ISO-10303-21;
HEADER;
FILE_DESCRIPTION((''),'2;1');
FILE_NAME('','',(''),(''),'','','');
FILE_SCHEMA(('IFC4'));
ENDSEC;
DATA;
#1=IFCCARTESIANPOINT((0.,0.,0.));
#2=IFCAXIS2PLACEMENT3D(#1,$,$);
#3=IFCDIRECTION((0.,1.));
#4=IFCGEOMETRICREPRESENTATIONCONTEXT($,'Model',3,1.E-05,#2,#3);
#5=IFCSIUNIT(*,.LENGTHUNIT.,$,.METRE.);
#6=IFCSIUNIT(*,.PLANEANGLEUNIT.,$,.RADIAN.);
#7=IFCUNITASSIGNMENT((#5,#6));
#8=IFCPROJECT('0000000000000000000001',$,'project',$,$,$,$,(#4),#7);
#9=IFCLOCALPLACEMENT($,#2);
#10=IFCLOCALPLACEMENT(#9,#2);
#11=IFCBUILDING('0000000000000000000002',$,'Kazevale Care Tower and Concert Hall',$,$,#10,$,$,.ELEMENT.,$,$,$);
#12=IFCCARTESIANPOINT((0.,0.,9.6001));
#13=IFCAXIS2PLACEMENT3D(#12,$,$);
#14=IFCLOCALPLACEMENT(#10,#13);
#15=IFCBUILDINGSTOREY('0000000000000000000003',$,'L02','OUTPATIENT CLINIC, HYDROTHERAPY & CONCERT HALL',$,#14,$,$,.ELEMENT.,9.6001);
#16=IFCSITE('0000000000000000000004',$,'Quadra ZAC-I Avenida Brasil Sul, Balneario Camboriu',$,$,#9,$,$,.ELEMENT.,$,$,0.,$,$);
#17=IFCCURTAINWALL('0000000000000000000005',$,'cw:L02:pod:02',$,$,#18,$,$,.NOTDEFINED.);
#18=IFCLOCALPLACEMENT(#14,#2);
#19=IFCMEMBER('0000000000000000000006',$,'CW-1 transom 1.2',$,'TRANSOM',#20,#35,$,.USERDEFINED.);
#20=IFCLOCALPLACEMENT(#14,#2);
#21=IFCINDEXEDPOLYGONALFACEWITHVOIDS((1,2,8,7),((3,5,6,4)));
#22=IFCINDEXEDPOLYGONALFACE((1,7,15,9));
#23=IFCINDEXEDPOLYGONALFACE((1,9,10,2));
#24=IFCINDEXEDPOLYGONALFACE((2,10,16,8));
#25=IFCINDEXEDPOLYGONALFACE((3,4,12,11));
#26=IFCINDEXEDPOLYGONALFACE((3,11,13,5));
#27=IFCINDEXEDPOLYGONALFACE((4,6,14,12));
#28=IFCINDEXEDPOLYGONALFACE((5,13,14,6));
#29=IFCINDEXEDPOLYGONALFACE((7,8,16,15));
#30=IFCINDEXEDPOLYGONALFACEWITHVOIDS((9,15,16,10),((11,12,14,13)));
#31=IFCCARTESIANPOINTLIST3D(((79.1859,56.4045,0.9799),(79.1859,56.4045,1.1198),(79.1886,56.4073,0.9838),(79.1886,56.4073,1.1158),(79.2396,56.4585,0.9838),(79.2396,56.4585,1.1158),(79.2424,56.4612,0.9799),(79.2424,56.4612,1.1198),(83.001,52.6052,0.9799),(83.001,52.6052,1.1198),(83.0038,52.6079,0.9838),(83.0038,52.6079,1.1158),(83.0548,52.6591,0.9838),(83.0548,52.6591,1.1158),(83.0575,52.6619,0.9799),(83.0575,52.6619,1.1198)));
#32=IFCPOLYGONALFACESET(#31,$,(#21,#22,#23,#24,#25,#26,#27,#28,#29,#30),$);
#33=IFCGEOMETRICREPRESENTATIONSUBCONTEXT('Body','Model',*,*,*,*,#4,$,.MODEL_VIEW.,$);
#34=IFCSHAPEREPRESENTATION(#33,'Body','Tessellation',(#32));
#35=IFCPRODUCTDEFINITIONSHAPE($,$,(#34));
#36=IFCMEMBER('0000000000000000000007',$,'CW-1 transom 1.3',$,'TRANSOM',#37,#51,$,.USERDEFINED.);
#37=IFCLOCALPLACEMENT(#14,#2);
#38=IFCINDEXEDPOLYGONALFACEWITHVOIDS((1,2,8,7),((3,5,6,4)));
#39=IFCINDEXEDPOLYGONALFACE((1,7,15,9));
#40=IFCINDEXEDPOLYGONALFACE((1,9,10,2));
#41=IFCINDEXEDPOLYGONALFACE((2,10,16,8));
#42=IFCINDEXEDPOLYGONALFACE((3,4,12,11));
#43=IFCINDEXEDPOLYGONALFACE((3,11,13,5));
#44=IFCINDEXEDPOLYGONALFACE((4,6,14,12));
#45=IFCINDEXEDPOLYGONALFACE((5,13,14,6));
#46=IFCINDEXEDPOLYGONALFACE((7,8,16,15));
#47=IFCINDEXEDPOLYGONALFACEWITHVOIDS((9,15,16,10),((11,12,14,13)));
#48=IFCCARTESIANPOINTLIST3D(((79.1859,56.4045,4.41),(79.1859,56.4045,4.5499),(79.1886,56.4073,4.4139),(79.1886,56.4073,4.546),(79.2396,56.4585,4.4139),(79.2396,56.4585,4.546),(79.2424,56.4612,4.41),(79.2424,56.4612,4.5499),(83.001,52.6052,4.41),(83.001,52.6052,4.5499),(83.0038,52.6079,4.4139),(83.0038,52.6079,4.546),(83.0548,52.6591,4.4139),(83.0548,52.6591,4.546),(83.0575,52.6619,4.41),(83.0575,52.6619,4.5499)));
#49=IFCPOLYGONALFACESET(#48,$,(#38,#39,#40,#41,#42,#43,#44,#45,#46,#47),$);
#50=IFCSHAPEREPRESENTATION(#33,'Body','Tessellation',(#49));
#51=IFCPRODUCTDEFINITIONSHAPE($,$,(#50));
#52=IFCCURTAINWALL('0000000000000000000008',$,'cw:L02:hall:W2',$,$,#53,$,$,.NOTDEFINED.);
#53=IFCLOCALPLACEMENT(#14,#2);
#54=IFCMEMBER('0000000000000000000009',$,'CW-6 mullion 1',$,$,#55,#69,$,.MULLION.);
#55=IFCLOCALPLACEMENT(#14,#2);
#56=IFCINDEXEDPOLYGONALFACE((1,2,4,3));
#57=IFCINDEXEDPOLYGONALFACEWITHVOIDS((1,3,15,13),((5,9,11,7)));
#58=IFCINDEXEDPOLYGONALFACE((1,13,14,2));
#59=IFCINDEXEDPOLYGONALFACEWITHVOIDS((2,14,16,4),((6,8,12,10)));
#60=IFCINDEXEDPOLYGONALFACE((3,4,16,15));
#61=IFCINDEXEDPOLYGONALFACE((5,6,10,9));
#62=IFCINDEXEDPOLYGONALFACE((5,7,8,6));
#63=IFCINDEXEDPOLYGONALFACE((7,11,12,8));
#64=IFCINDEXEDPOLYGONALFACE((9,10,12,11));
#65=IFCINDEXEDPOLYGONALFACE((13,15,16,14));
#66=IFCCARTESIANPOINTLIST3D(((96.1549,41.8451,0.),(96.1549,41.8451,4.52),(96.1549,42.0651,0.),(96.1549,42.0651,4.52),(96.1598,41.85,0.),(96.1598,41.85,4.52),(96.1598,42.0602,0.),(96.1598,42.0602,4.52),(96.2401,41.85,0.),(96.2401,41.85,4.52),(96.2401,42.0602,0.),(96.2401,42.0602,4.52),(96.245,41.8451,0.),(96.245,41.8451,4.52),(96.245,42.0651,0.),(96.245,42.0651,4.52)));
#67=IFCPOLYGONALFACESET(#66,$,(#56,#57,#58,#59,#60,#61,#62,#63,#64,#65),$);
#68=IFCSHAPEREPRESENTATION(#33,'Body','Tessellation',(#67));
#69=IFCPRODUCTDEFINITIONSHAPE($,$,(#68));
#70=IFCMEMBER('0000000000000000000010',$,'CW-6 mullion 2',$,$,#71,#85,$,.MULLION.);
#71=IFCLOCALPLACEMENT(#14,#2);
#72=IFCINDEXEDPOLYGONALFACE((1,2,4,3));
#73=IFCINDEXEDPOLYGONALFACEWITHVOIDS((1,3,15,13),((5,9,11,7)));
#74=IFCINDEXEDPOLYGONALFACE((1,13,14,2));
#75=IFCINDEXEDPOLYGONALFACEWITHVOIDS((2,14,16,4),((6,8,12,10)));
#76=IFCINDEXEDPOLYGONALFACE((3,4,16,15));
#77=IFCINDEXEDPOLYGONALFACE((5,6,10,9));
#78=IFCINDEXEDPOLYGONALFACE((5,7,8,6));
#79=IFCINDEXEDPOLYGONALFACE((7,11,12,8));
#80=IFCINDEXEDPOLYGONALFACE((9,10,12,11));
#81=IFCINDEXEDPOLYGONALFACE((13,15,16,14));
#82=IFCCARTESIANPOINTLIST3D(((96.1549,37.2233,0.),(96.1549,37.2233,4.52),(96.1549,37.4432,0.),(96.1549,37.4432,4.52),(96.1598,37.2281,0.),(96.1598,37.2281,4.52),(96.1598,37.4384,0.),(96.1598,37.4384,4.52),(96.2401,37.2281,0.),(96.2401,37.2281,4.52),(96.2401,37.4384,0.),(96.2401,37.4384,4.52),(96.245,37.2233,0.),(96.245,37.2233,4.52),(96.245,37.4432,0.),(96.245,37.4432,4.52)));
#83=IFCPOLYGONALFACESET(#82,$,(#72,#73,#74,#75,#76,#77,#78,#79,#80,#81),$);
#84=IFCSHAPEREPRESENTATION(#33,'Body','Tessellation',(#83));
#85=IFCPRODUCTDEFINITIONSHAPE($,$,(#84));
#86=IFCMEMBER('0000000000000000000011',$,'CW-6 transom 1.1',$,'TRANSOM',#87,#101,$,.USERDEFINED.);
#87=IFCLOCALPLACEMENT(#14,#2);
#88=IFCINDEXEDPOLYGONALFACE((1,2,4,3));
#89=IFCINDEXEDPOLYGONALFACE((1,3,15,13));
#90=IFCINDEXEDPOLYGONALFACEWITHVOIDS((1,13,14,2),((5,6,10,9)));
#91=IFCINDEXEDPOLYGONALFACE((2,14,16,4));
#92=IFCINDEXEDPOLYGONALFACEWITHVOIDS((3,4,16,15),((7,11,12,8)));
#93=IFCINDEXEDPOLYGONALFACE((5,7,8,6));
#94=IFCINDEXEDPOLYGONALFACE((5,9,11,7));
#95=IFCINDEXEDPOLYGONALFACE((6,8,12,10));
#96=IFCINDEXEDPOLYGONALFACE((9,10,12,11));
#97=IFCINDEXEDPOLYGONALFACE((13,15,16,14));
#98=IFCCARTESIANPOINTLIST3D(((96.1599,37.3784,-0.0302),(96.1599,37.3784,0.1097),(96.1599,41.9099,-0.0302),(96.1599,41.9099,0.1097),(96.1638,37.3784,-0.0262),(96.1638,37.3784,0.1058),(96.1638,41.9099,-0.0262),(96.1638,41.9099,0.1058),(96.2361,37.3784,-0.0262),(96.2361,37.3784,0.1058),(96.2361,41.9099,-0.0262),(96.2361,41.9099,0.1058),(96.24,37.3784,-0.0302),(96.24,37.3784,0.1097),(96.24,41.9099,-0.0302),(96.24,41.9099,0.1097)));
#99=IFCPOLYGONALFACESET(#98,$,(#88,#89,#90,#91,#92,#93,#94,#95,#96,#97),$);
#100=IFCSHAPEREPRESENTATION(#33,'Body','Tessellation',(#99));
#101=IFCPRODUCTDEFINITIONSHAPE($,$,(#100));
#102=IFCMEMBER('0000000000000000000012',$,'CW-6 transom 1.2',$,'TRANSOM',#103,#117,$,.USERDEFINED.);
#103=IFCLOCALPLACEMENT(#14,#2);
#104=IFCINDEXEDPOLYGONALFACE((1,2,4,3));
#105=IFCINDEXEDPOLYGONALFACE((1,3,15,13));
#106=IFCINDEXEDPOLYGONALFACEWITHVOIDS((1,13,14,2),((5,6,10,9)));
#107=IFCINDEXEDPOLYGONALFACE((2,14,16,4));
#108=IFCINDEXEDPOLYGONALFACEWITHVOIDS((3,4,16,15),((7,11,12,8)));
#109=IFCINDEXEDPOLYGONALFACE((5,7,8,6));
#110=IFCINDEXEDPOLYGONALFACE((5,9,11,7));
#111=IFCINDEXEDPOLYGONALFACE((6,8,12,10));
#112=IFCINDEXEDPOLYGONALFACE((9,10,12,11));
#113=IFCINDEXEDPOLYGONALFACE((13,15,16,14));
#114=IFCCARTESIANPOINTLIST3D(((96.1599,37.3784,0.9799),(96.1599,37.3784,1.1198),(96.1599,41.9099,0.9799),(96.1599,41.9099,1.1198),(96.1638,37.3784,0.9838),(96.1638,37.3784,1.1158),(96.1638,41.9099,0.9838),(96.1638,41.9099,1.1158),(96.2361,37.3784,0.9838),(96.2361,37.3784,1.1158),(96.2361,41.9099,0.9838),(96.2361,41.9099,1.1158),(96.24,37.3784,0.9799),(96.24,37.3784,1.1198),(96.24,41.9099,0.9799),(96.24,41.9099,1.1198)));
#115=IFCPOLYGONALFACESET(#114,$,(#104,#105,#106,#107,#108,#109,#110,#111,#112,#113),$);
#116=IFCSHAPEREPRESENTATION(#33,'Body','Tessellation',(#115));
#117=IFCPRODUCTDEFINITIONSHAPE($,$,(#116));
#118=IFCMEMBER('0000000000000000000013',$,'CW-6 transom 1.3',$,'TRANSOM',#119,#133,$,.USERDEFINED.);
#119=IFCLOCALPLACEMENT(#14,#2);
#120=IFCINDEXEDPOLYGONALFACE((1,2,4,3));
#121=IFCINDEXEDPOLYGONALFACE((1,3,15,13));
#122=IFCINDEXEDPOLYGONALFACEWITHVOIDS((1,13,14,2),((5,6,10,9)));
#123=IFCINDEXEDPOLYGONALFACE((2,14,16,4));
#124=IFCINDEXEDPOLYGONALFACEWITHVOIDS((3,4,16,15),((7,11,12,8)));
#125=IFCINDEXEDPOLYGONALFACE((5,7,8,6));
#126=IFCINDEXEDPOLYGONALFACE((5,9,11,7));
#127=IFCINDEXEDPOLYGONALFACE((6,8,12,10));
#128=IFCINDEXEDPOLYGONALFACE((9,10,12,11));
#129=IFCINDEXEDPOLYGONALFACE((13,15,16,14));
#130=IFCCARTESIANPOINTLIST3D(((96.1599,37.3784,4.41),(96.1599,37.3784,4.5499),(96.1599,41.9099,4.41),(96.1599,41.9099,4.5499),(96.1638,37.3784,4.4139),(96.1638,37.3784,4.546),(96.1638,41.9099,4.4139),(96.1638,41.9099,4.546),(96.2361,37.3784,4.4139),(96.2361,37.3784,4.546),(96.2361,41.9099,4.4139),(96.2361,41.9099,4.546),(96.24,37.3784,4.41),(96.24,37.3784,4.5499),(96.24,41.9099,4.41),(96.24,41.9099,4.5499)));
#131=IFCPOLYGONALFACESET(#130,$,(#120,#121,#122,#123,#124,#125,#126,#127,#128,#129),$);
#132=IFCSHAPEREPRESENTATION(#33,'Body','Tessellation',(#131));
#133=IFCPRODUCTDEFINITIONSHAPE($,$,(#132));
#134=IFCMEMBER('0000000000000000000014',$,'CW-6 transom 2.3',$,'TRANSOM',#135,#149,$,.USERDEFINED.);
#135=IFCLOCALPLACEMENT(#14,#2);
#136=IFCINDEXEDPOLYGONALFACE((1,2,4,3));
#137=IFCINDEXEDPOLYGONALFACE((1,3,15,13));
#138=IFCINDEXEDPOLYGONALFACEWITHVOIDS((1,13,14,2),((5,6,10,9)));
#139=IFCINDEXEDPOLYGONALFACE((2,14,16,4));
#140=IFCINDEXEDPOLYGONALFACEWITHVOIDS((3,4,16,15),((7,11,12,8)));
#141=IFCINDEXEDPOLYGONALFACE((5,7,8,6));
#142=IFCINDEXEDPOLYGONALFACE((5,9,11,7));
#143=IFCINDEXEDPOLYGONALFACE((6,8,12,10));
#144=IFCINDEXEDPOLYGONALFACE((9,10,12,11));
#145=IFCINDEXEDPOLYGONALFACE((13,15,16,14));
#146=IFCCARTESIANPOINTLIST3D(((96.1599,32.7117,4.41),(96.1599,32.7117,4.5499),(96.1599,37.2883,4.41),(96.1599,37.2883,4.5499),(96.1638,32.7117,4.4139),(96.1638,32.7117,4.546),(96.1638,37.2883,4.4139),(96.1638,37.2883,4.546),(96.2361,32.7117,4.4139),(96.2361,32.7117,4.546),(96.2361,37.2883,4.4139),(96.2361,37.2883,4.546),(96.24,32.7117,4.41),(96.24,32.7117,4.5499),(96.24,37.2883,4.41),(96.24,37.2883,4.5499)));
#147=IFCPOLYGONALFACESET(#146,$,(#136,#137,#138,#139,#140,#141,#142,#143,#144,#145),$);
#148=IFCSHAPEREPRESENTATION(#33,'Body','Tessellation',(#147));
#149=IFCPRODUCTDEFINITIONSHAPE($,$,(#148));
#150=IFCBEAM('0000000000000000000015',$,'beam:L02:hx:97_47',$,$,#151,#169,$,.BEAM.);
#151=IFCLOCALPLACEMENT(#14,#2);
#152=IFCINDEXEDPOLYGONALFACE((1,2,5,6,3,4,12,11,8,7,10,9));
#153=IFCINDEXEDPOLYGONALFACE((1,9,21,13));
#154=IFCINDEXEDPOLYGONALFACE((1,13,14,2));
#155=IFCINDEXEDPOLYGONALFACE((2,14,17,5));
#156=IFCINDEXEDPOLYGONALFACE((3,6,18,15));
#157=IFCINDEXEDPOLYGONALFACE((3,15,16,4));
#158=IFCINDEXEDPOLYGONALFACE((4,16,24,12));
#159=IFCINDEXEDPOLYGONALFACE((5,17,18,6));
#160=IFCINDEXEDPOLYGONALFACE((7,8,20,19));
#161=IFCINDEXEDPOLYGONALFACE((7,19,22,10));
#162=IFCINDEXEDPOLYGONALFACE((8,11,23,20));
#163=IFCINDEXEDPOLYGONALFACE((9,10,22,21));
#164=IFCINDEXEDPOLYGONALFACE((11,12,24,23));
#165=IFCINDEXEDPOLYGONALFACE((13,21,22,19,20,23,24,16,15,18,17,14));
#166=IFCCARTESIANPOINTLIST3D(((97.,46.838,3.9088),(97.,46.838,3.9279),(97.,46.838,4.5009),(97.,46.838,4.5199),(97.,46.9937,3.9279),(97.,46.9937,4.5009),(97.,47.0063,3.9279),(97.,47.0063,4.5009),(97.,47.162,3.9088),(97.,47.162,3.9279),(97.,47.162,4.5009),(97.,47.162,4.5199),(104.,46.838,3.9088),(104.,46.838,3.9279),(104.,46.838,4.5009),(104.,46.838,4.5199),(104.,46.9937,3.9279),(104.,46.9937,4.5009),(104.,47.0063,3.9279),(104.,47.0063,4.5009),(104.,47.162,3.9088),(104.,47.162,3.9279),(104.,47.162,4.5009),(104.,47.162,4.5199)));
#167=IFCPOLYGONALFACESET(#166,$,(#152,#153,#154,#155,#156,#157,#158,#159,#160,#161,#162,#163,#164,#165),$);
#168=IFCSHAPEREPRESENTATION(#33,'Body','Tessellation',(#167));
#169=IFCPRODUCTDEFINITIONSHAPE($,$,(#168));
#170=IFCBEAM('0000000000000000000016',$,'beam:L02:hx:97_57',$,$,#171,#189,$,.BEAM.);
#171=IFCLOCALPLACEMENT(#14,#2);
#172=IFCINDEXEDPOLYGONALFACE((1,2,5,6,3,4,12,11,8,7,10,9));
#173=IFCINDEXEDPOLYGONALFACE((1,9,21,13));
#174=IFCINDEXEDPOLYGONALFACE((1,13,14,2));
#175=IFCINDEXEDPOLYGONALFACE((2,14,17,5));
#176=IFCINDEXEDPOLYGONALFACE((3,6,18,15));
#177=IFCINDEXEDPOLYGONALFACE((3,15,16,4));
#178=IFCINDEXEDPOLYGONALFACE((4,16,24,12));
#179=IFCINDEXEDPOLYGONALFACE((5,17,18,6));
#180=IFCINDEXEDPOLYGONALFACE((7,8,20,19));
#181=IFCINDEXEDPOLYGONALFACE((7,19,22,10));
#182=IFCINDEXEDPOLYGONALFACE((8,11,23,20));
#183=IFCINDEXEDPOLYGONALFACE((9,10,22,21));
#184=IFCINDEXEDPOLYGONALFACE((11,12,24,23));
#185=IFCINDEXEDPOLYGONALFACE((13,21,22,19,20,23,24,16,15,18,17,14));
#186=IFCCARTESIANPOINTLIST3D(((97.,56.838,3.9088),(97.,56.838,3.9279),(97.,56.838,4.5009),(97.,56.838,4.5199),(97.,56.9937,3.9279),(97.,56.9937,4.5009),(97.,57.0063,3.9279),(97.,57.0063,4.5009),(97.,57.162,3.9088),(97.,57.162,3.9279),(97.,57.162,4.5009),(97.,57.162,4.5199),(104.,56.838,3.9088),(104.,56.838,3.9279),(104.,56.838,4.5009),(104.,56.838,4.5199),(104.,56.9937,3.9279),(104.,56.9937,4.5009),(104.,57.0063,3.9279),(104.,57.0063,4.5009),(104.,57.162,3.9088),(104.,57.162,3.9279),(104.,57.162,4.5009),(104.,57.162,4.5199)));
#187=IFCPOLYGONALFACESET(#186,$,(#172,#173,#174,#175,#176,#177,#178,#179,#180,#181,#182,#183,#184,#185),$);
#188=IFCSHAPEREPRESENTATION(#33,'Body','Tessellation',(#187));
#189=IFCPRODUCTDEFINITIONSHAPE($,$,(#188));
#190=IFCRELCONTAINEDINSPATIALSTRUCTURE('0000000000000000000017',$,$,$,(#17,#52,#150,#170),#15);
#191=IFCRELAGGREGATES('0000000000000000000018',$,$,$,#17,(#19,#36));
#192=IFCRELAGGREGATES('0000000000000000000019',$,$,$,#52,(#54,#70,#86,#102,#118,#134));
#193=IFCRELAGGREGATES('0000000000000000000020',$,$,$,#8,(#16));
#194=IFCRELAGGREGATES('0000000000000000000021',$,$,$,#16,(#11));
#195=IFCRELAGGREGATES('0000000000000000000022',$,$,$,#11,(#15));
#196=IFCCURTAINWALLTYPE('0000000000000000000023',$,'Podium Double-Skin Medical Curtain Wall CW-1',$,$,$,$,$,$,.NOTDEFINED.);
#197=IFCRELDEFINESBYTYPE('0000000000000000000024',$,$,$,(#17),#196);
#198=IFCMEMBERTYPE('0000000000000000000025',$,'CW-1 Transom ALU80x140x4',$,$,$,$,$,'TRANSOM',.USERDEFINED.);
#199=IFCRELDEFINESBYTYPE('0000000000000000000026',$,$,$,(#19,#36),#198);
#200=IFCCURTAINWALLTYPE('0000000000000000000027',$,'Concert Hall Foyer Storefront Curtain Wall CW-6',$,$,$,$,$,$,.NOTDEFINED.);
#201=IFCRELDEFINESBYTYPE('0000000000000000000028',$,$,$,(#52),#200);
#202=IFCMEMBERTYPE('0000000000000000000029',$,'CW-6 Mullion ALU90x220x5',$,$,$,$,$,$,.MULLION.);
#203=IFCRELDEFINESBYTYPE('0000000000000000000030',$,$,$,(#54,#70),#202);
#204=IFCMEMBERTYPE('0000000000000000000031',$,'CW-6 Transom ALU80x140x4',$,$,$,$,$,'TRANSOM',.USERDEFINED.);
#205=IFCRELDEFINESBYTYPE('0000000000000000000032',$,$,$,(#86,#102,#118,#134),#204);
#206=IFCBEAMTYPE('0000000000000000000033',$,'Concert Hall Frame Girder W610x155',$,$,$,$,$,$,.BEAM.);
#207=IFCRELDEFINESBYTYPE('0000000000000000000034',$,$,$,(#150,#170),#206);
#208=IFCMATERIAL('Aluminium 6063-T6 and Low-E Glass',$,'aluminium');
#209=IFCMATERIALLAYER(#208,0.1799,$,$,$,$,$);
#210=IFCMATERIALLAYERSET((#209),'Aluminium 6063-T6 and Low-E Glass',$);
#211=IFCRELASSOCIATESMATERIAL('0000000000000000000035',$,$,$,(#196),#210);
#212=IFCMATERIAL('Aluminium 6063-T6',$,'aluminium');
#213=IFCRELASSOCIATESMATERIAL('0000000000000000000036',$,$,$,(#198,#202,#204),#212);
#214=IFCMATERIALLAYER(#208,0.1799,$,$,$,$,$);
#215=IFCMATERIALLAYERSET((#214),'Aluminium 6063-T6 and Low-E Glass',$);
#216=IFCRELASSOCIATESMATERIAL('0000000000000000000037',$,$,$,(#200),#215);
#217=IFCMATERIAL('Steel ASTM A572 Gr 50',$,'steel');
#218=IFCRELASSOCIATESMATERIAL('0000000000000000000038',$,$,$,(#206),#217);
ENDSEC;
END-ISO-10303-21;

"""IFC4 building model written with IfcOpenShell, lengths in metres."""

from ifc_helpers import new_model, si_unit, direction, frame, origin, origin_2d, place, context, subcontext, project, spatial, hollow_rectangle, i_section, extrude, material, layer, layer_set, material_profile, profile_set, type_object, element, aggregate, save


model = new_model("IFC4")

# Units and contexts
model_context = context("Model", 3, precision=1e-05, world=origin(), true_north=direction((0.0, 1.0)))
body_context = subcontext(model_context, "Body", "Model", "MODEL_VIEW")
ifc_project = project(units=[si_unit("LENGTHUNIT", "METRE"), si_unit("PLANEANGLEUNIT", "RADIAN")], contexts=[model_context])

# Site, building, storey
site_placement = place(None, origin())
site = spatial("IfcSite", under=ifc_project, at=site_placement, Name="Quadra ZAC-I Avenida Brasil Sul, Balneario Camboriu", CompositionType="ELEMENT", RefElevation=0.0)
building_placement = place(site_placement, origin())
building = spatial("IfcBuilding", under=site, at=building_placement, Name="Kazevale Care Tower and Concert Hall", CompositionType="ELEMENT")
storey_placement = place(building_placement, frame((0.0, 0.0, 9.6001)))
storey = spatial("IfcBuildingStorey", under=building, at=storey_placement, Name="L02", Description="OUTPATIENT CLINIC, HYDROTHERAPY & CONCERT HALL", CompositionType="ELEMENT", Elevation=9.6001)

# Curtain walls, members
ifc_material_1 = material(Name="Aluminium 6063-T6 and Low-E Glass", Category="aluminium")
ifc_layer_1 = layer(ifc_material_1, 0.1799)
ifc_layer_set_1 = layer_set([ifc_layer_1], Name="Aluminium 6063-T6 and Low-E Glass")
curtain_wall_type_1 = type_object("IfcCurtainWallType", Name="Podium Double-Skin Medical Curtain Wall CW-1", PredefinedType="NOTDEFINED", material=ifc_layer_set_1)
curtain_wall_1_placement = place(storey_placement, origin())
curtain_wall_1 = element("IfcCurtainWall", 1, at=curtain_wall_1_placement, inside=storey, type_object=curtain_wall_type_1, Name="cw:L02:pod:02", PredefinedType="NOTDEFINED")
ifc_material_2 = material(Name="Aluminium 6063-T6", Category="aluminium")
ifc_material_profile_1 = material_profile(ifc_material_2, hollow_rectangle(XDim=0.0801, YDim=0.1399, WallThickness=0.0039, at=origin_2d()), Name="ALU80x140x4")
ifc_profile_set_1 = profile_set([ifc_material_profile_1], Name="Aluminium 6063-T6")
member_type_1 = type_object("IfcMemberType", Name="CW-1 Transom ALU80x140x4", ElementType="TRANSOM", PredefinedType="USERDEFINED", material=ifc_profile_set_1)
member_1_placement = place(storey_placement, frame((83.0293, 52.6335, 1.0498), z_axis=(-0.708579, 0.705632, 0.0), x_axis=(-0.705632, -0.708579, 0.0)))
member_1 = element("IfcMember", 2, at=member_1_placement, type_object=member_type_1, Name="CW-1 transom 1.2", ObjectType="TRANSOM", PredefinedType="USERDEFINED", context=body_context, shape_type="SweptSolid", body=[
    extrude(hollow_rectangle(XDim=0.0801, YDim=0.1399, WallThickness=0.0039, at=origin_2d()), origin(), (0.0, 0.0, 1.0), 5.3843),
])
member_2_placement = place(storey_placement, frame((83.0293, 52.6335, 4.48), z_axis=(-0.708579, 0.705632, 0.0), x_axis=(-0.705632, -0.708579, 0.0)))
member_2 = element("IfcMember", 3, at=member_2_placement, type_object=member_type_1, Name="CW-1 transom 1.3", ObjectType="TRANSOM", PredefinedType="USERDEFINED", context=body_context, shape_type="SweptSolid", body=[
    extrude(hollow_rectangle(XDim=0.0801, YDim=0.1399, WallThickness=0.0039, at=origin_2d()), origin(), (0.0, 0.0, 1.0), 5.3843),
])
aggregate(curtain_wall_1, [member_1, member_2])
ifc_layer_2 = layer(ifc_material_1, 0.1799)
ifc_layer_set_2 = layer_set([ifc_layer_2], Name="Aluminium 6063-T6 and Low-E Glass")
curtain_wall_type_2 = type_object("IfcCurtainWallType", Name="Concert Hall Foyer Storefront Curtain Wall CW-6", PredefinedType="NOTDEFINED", material=ifc_layer_set_2)
curtain_wall_2_placement = place(storey_placement, origin())
curtain_wall_2 = element("IfcCurtainWall", 4, at=curtain_wall_2_placement, inside=storey, type_object=curtain_wall_type_2, Name="cw:L02:hall:W2", PredefinedType="NOTDEFINED")
ifc_material_profile_2 = material_profile(ifc_material_2, hollow_rectangle(XDim=0.0901, YDim=0.22, WallThickness=0.0049, at=origin_2d()), Name="ALU90x220x5")
ifc_profile_set_2 = profile_set([ifc_material_profile_2], Name="Aluminium 6063-T6")
member_type_2 = type_object("IfcMemberType", Name="CW-6 Mullion ALU90x220x5", PredefinedType="MULLION", material=ifc_profile_set_2)
member_3_placement = place(storey_placement, frame((96.2, 41.9551, 0.0), z_axis=(0.0, 0.0, 1.0), x_axis=(1.0, 0.0, 0.0)))
member_3 = element("IfcMember", 5, at=member_3_placement, type_object=member_type_2, Name="CW-6 mullion 1", PredefinedType="MULLION", context=body_context, shape_type="SweptSolid", body=[
    extrude(hollow_rectangle(XDim=0.0901, YDim=0.22, WallThickness=0.0049, at=origin_2d()), origin(), (0.0, 0.0, 1.0), 4.52),
])
member_4_placement = place(storey_placement, frame((96.2, 37.3333, 0.0), z_axis=(0.0, 0.0, 1.0), x_axis=(1.0, 0.0, 0.0)))
member_4 = element("IfcMember", 6, at=member_4_placement, type_object=member_type_2, Name="CW-6 mullion 2", PredefinedType="MULLION", context=body_context, shape_type="SweptSolid", body=[
    extrude(hollow_rectangle(XDim=0.0901, YDim=0.22, WallThickness=0.0049, at=origin_2d()), origin(), (0.0, 0.0, 1.0), 4.52),
])
ifc_material_profile_3 = material_profile(ifc_material_2, hollow_rectangle(XDim=0.0801, YDim=0.1399, WallThickness=0.0039, at=origin_2d()), Name="ALU80x140x4")
ifc_profile_set_3 = profile_set([ifc_material_profile_3], Name="Aluminium 6063-T6")
member_type_3 = type_object("IfcMemberType", Name="CW-6 Transom ALU80x140x4", ElementType="TRANSOM", PredefinedType="USERDEFINED", material=ifc_profile_set_3)
member_5_placement = place(storey_placement, frame((96.2, 41.9099, 0.0398), z_axis=(0.0, -1.0, 0.0), x_axis=(1.0, 0.0, 0.0)))
member_5 = element("IfcMember", 7, at=member_5_placement, type_object=member_type_3, Name="CW-6 transom 1.1", ObjectType="TRANSOM", PredefinedType="USERDEFINED", context=body_context, shape_type="SweptSolid", body=[
    extrude(hollow_rectangle(XDim=0.0801, YDim=0.1399, WallThickness=0.0039, at=origin_2d()), origin(), (0.0, 0.0, 1.0), 4.5315),
])
member_6_placement = place(storey_placement, frame((96.2, 41.9099, 1.0498), z_axis=(0.0, -1.0, 0.0), x_axis=(1.0, 0.0, 0.0)))
member_6 = element("IfcMember", 8, at=member_6_placement, type_object=member_type_3, Name="CW-6 transom 1.2", ObjectType="TRANSOM", PredefinedType="USERDEFINED", context=body_context, shape_type="SweptSolid", body=[
    extrude(hollow_rectangle(XDim=0.0801, YDim=0.1399, WallThickness=0.0039, at=origin_2d()), origin(), (0.0, 0.0, 1.0), 4.5315),
])
member_7_placement = place(storey_placement, frame((96.2, 41.9099, 4.48), z_axis=(0.0, -1.0, 0.0), x_axis=(1.0, 0.0, 0.0)))
member_7 = element("IfcMember", 9, at=member_7_placement, type_object=member_type_3, Name="CW-6 transom 1.3", ObjectType="TRANSOM", PredefinedType="USERDEFINED", context=body_context, shape_type="SweptSolid", body=[
    extrude(hollow_rectangle(XDim=0.0801, YDim=0.1399, WallThickness=0.0039, at=origin_2d()), origin(), (0.0, 0.0, 1.0), 4.5315),
])
member_8_placement = place(storey_placement, frame((96.2, 37.2883, 4.48), z_axis=(0.0, -1.0, 0.0), x_axis=(1.0, 0.0, 0.0)))
member_8 = element("IfcMember", 10, at=member_8_placement, type_object=member_type_3, Name="CW-6 transom 2.3", ObjectType="TRANSOM", PredefinedType="USERDEFINED", context=body_context, shape_type="SweptSolid", body=[
    extrude(hollow_rectangle(XDim=0.0801, YDim=0.1399, WallThickness=0.0039, at=origin_2d()), origin(), (0.0, 0.0, 1.0), 4.5767),
])

# Beams
ifc_material_3 = material(Name="Steel ASTM A572 Gr 50", Category="steel")
ifc_material_profile_4 = material_profile(ifc_material_3, i_section(OverallWidth=0.324, OverallDepth=0.6111, WebThickness=0.0127, FlangeThickness=0.019, at=origin_2d()), Name="W610x155")
ifc_profile_set_4 = profile_set([ifc_material_profile_4], Name="Steel ASTM A572 Gr 50")
beam_type_1 = type_object("IfcBeamType", Name="Concert Hall Frame Girder W610x155", PredefinedType="BEAM", material=ifc_profile_set_4)
for number, where, z_axis, x_axis, name in (
    (11, (97.0, 47.0, 4.2144), (1.0, 0.0, 0.0), (0.0, 1.0, 0.0), "beam:L02:hx:97_47"),
    (12, (97.0, 57.0, 4.2144), (1.0, 0.0, 0.0), (0.0, 1.0, 0.0), "beam:L02:hx:97_57"),
):
    element("IfcBeam", number, at=place(storey_placement, frame(where, z_axis=z_axis, x_axis=x_axis)), inside=storey, type_object=beam_type_1, Name=name, PredefinedType="BEAM", context=body_context, shape_type="SweptSolid", body=[
        extrude(i_section(OverallWidth=0.324, OverallDepth=0.6111, WebThickness=0.0127, FlangeThickness=0.019, at=origin_2d()), origin(), (0.0, 0.0, 1.0), 7.0),
    ])

aggregate(curtain_wall_2, [member_3, member_4, member_5, member_6, member_7, member_8])

save(model, "model.ifc")
